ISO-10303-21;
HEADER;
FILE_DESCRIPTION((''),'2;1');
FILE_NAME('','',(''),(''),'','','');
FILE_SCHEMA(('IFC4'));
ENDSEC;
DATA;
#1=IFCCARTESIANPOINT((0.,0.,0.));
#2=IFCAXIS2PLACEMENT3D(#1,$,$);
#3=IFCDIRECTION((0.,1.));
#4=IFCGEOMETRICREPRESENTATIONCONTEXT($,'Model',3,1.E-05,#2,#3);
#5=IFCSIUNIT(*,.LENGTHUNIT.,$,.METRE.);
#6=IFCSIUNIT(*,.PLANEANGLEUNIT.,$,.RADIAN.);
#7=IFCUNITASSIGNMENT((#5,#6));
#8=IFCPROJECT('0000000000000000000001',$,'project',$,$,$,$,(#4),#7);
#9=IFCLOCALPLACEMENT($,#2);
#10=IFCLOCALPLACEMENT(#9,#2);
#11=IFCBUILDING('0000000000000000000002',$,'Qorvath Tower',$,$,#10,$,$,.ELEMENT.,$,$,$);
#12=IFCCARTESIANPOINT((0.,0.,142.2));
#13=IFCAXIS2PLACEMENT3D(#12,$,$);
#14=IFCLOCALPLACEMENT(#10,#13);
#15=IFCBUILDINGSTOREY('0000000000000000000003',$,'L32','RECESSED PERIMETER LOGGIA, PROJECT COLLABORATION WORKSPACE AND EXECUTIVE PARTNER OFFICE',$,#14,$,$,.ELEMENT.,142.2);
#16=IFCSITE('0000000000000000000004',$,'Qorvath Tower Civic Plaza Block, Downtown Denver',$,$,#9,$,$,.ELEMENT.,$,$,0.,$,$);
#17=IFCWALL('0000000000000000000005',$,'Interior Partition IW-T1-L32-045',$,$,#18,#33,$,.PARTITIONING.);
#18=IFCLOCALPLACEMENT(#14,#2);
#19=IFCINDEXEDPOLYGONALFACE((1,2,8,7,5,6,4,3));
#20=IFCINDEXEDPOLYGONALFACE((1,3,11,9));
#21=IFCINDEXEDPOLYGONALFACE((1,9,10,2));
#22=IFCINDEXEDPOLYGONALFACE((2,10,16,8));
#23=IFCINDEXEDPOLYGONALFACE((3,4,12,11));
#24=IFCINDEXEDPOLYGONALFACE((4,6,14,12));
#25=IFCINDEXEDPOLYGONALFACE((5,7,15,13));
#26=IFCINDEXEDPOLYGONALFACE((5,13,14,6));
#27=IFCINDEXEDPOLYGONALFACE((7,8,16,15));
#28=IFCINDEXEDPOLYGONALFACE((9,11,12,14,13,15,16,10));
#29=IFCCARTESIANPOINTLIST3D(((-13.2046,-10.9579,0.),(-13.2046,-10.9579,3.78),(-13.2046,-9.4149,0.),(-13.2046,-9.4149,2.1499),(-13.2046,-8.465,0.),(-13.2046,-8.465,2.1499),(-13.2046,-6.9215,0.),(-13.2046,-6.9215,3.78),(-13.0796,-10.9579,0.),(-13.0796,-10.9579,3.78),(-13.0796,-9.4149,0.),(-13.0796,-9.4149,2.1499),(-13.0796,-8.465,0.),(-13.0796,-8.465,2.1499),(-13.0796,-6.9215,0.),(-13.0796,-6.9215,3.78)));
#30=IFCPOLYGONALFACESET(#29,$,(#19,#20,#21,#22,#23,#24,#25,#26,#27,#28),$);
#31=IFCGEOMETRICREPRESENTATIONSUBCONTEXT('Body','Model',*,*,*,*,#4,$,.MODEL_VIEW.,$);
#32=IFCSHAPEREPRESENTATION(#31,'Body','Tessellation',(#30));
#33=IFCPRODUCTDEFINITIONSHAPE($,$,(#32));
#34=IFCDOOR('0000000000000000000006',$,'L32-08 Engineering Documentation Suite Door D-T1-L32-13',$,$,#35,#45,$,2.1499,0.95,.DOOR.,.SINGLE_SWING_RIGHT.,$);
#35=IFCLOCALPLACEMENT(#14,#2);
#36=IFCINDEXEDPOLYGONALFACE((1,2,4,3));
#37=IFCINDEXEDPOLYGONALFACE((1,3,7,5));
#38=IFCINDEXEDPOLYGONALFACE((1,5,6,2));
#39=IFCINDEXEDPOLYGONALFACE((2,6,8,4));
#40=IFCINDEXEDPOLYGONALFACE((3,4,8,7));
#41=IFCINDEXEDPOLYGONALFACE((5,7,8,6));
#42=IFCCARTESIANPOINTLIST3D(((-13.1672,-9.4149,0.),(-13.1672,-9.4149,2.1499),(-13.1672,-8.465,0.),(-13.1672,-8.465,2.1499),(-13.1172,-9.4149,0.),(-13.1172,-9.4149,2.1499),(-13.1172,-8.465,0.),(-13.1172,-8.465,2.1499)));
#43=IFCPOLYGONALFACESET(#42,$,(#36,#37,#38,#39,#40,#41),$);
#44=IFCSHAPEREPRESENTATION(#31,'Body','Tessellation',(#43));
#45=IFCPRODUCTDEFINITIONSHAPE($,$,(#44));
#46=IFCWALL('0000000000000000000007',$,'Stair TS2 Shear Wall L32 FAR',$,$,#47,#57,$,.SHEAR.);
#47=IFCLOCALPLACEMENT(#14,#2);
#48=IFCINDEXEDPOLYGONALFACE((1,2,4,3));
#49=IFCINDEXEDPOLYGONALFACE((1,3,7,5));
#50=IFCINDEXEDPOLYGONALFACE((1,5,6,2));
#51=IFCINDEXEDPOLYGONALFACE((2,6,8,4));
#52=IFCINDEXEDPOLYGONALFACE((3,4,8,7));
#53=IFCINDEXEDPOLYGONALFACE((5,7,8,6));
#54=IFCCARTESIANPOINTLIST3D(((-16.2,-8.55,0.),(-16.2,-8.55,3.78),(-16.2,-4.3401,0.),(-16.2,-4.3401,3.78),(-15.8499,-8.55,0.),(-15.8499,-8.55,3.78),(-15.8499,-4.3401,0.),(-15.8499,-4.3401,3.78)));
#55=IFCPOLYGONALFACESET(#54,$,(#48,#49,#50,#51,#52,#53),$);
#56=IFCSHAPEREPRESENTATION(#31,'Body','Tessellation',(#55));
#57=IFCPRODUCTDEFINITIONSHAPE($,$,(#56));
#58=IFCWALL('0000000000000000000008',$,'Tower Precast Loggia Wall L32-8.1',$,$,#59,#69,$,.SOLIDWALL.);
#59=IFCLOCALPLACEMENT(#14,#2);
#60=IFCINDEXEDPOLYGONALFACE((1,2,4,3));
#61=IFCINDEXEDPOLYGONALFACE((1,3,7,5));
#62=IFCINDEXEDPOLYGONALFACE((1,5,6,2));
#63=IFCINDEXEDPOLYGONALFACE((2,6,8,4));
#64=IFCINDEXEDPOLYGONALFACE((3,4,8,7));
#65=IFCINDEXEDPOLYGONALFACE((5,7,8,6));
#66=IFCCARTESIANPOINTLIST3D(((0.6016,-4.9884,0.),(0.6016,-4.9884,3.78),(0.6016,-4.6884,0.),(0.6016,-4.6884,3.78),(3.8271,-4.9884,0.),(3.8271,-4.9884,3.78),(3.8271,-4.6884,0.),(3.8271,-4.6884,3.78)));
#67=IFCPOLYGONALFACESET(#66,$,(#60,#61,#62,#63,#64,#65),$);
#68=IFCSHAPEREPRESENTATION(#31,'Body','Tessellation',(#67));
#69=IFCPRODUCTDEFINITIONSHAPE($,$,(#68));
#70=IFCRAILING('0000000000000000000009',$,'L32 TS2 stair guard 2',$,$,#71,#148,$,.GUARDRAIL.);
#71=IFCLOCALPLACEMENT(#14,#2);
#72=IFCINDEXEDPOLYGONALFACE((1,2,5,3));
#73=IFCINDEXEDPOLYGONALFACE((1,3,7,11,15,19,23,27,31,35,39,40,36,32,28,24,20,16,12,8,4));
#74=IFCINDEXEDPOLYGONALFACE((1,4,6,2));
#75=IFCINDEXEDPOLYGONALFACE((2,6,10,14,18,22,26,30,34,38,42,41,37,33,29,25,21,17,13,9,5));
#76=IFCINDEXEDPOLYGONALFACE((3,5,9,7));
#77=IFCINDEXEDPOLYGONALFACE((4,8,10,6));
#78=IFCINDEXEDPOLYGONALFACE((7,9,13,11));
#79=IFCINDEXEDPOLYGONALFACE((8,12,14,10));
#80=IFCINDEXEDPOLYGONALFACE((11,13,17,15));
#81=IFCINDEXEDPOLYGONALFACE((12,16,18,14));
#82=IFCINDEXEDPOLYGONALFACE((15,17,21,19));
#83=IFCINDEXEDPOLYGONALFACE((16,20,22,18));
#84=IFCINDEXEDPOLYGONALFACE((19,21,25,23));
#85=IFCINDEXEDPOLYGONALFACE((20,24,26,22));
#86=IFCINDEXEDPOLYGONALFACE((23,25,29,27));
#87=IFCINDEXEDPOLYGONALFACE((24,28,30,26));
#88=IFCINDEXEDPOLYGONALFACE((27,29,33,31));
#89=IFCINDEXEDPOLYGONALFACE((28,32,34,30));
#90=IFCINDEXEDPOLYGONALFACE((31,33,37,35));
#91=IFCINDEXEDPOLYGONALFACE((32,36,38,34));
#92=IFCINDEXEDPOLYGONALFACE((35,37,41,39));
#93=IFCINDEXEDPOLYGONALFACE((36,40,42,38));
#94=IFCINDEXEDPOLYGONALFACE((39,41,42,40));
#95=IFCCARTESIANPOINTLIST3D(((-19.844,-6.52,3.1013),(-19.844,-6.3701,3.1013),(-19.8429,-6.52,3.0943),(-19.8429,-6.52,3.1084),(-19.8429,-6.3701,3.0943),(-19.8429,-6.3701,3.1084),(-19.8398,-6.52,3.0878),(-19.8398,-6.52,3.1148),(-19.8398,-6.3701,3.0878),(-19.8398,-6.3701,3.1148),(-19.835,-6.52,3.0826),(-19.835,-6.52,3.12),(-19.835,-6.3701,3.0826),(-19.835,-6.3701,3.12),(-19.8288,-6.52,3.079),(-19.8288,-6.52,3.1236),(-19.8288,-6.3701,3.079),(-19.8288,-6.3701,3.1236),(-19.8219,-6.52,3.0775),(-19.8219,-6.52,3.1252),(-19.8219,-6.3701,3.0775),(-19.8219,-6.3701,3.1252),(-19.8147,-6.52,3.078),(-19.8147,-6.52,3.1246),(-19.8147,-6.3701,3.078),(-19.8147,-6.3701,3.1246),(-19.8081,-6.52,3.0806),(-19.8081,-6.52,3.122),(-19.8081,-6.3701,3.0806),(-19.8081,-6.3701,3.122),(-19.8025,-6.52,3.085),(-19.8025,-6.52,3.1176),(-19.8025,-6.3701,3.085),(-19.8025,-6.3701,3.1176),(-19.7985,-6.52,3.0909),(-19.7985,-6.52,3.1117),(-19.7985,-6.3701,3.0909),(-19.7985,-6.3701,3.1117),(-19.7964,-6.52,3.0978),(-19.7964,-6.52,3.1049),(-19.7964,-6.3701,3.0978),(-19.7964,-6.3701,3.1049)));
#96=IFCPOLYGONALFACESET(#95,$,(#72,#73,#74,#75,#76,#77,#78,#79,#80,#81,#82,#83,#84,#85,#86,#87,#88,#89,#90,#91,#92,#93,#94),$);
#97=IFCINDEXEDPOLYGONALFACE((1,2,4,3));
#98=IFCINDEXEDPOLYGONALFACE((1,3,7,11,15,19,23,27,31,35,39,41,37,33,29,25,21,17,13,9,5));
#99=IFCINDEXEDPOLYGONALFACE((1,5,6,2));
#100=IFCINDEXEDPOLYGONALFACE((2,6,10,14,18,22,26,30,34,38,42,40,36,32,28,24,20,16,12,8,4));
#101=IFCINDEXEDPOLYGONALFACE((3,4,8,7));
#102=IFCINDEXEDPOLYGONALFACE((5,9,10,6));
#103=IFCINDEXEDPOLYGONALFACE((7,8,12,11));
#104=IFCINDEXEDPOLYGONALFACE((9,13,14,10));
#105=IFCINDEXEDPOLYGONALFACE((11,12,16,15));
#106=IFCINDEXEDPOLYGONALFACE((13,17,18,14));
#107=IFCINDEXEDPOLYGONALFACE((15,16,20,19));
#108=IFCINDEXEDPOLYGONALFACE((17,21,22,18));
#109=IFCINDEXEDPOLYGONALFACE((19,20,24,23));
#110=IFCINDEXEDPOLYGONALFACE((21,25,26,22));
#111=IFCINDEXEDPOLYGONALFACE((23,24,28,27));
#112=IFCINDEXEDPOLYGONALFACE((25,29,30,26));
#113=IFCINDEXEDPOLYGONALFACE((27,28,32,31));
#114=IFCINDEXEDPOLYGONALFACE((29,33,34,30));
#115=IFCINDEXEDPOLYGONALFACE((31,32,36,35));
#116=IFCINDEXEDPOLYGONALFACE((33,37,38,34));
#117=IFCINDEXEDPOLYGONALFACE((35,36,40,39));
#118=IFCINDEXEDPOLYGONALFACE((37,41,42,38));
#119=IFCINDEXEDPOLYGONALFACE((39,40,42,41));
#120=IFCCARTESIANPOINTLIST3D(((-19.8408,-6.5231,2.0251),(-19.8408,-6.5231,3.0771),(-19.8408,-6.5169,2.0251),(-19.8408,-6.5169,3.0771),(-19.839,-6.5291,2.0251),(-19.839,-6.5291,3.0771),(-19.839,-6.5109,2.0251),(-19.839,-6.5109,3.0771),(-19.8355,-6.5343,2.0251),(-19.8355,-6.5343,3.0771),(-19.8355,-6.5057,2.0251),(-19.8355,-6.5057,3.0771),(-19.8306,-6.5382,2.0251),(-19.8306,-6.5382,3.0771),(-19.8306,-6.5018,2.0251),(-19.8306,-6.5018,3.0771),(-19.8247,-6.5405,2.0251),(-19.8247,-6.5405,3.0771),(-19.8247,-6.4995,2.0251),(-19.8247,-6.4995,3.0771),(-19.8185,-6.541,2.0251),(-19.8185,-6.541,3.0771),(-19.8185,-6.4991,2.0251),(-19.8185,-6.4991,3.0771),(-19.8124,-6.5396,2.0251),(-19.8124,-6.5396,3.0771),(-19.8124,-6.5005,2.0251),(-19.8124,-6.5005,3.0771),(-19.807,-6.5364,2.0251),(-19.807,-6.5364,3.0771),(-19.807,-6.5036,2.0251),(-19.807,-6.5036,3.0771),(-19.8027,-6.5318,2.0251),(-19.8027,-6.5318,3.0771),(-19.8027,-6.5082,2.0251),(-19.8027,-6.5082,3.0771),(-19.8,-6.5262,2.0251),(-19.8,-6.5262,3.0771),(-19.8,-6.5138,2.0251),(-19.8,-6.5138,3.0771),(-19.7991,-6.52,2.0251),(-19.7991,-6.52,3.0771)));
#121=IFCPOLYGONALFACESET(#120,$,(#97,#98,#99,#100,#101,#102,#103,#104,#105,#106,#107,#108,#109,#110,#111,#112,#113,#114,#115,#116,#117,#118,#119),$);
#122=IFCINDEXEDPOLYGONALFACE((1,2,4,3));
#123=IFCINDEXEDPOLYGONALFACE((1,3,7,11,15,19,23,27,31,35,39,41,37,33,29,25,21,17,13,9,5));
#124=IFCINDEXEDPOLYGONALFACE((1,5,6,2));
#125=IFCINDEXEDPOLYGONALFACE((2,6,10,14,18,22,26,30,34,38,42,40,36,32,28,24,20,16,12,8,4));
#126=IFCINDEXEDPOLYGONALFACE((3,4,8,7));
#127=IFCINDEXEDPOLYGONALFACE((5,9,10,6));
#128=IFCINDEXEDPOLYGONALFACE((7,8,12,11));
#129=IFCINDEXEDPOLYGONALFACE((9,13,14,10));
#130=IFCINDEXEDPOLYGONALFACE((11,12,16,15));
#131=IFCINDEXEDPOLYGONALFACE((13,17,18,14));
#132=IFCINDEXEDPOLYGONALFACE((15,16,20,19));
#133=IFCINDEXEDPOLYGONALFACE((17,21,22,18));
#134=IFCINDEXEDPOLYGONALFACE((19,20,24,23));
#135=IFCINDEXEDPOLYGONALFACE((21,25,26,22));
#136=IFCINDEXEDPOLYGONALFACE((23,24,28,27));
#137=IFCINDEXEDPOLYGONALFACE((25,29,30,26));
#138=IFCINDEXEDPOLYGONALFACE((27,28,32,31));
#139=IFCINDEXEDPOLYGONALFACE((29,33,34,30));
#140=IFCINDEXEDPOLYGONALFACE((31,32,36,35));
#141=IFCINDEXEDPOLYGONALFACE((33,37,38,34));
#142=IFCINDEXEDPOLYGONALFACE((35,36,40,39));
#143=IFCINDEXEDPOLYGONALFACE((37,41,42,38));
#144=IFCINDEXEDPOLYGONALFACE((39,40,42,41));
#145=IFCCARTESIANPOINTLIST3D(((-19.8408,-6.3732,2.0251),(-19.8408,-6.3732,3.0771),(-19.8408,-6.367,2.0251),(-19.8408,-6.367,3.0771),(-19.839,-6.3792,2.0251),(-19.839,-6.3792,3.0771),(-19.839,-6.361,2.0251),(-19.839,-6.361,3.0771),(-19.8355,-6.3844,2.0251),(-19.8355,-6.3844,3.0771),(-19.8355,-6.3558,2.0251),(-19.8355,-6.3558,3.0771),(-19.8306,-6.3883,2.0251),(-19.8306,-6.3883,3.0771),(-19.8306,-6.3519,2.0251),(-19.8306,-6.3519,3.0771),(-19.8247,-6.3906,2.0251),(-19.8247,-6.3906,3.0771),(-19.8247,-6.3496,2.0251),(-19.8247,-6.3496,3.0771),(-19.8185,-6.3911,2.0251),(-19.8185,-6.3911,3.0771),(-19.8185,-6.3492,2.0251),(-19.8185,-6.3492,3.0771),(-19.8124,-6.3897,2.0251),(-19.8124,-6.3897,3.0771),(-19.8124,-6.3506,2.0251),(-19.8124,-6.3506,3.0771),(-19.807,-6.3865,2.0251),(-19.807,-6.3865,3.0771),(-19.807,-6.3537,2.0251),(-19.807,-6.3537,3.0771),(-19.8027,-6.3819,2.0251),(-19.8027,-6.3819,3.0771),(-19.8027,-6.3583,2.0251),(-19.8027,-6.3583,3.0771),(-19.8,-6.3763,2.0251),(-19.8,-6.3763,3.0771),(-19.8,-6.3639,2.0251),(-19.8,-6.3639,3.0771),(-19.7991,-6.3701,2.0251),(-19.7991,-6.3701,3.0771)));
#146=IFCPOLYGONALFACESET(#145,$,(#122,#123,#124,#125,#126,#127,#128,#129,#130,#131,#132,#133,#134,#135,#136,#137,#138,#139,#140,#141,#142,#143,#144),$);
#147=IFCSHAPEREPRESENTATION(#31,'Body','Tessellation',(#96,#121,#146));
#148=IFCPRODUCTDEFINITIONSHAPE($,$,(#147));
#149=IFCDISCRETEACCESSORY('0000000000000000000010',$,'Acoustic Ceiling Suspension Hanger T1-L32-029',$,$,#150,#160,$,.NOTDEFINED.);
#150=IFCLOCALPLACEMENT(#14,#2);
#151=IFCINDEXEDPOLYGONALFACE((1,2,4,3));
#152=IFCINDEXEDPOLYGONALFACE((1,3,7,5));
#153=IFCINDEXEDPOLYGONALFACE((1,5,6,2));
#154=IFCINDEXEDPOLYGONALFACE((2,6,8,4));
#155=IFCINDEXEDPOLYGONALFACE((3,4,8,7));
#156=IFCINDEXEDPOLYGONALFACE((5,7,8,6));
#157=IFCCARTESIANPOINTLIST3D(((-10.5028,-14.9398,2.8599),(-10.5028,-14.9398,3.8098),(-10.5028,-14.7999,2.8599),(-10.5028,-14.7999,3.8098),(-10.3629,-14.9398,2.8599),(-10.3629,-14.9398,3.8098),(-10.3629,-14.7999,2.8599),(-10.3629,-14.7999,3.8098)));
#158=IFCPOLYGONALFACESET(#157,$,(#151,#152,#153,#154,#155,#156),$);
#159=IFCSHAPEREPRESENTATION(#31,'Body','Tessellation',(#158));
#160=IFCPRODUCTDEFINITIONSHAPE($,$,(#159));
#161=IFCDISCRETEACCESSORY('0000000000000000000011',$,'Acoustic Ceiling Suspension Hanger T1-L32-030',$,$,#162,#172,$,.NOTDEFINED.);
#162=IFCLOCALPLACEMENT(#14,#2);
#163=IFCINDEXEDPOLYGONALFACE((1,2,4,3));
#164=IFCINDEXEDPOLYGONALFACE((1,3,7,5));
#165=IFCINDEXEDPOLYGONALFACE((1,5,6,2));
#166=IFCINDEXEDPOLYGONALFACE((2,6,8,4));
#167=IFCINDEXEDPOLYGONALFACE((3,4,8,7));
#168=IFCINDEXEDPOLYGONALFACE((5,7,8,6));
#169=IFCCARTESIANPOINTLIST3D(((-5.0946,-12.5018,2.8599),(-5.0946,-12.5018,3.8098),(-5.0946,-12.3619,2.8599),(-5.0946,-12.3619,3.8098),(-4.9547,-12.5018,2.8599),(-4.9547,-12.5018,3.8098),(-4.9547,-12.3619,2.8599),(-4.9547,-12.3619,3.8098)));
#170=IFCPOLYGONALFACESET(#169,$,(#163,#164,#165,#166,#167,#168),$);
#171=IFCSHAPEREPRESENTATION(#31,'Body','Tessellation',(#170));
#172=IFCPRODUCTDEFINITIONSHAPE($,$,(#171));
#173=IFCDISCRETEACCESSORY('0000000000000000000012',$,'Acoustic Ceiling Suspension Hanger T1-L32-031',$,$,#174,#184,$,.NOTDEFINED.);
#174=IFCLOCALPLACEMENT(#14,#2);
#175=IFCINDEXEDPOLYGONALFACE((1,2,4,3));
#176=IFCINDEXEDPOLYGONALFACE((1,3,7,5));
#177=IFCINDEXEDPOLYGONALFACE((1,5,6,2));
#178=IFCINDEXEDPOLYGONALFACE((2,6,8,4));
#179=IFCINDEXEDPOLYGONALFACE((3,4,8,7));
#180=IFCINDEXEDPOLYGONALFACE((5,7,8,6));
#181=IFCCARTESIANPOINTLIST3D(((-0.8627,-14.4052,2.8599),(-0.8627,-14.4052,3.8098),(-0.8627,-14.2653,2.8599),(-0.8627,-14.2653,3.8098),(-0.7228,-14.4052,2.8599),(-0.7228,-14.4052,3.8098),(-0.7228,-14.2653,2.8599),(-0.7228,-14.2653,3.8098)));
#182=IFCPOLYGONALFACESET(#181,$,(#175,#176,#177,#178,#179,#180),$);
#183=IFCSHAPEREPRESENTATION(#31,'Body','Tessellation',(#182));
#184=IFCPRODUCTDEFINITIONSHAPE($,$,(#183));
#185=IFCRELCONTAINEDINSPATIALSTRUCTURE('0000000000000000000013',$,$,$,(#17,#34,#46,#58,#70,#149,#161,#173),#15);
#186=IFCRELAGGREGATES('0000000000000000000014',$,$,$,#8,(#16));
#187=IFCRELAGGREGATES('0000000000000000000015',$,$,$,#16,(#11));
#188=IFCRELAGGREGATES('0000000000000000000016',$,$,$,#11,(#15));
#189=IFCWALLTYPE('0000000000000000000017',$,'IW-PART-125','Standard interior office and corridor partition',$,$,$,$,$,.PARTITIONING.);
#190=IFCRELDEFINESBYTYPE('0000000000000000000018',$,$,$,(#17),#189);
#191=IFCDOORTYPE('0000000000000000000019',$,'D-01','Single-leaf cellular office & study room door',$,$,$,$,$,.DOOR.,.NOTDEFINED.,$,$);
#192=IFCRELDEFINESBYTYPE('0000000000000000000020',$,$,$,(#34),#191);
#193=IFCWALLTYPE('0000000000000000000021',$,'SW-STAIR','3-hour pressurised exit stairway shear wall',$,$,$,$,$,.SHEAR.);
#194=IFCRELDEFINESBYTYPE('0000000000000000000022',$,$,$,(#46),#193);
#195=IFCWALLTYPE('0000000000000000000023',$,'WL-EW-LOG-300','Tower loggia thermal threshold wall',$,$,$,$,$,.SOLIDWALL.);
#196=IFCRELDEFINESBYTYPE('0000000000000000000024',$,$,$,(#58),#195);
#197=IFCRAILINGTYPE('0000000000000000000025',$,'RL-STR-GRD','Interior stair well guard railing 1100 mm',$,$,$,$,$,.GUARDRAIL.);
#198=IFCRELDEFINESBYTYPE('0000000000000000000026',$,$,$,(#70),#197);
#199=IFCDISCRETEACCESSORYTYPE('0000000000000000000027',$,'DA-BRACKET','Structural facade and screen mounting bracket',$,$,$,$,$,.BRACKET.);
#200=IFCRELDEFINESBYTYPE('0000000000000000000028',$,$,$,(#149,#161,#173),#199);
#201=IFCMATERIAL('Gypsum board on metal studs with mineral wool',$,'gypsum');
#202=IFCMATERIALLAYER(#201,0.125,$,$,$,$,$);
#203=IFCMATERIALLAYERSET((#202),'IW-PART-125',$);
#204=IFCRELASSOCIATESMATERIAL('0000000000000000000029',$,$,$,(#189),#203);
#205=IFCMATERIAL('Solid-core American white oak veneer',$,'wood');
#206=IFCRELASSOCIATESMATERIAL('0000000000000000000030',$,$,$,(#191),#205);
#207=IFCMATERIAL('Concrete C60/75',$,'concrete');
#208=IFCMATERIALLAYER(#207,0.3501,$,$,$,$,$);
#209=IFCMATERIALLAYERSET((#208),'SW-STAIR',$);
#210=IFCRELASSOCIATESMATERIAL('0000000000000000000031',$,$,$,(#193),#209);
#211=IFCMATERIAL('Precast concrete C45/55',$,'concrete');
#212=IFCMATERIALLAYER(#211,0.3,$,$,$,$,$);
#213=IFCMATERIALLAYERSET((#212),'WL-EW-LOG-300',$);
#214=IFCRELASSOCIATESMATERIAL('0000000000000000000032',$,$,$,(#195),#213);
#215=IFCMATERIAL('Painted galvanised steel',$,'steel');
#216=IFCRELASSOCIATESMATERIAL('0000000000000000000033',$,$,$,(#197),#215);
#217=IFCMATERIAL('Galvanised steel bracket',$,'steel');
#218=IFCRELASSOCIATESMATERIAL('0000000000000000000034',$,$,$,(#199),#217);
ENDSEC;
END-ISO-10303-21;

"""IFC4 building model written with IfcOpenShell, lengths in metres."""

from ifc_helpers import new_model, si_unit, direction, frame, frame_2d, origin, origin_2d, place, context, subcontext, project, spatial, rectangle, circle, extrude, material, layer, layer_set, type_object, element, fill, save


model = new_model("IFC4")

# Units and contexts
model_context = context("Model", 3, precision=1e-05, world=origin(), true_north=direction((0.0, 1.0)))
body_context = subcontext(model_context, "Body", "Model", "MODEL_VIEW")
ifc_project = project(units=[si_unit("LENGTHUNIT", "METRE"), si_unit("PLANEANGLEUNIT", "RADIAN")], contexts=[model_context])

# Site, building, storey
site_placement = place(None, origin())
site = spatial("IfcSite", under=ifc_project, at=site_placement, Name="Qorvath Tower Civic Plaza Block, Downtown Denver", CompositionType="ELEMENT", RefElevation=0.0)
building_placement = place(site_placement, origin())
building = spatial("IfcBuilding", under=site, at=building_placement, Name="Qorvath Tower", CompositionType="ELEMENT")
storey_placement = place(building_placement, frame((0.0, 0.0, 142.2)))
storey = spatial("IfcBuildingStorey", under=building, at=storey_placement, Name="L32", Description="RECESSED PERIMETER LOGGIA, PROJECT COLLABORATION WORKSPACE AND EXECUTIVE PARTNER OFFICE", CompositionType="ELEMENT", Elevation=142.2)

# Shared definitions
ifc_material_1 = material(Name="Gypsum board on metal studs with mineral wool", Category="gypsum")
ifc_layer_1 = layer(ifc_material_1, 0.125)
ifc_layer_set_1 = layer_set([ifc_layer_1], Name="IW-PART-125")
wall_type_1 = type_object("IfcWallType", Name="IW-PART-125", Description="Standard interior office and corridor partition", PredefinedType="PARTITIONING", material=ifc_layer_set_1)

# Shared definitions
ifc_material_2 = material(Name="Solid-core American white oak veneer", Category="wood")
door_type = type_object("IfcDoorType", Name="D-01", Description="Single-leaf cellular office & study room door", OperationType="NOTDEFINED", PredefinedType="DOOR", material=ifc_material_2)

# Wall, opening, door
wall_1_placement = place(storey_placement, frame((-13.1421, -6.9216, 0.0), z_axis=(0.0, 0.0, 1.0), x_axis=(0.0, -1.0, 0.0)))
wall_1 = element("IfcWall", 1, at=wall_1_placement, inside=storey, type_object=wall_type_1, Name="Interior Partition IW-T1-L32-045", PredefinedType="PARTITIONING", context=body_context, shape_type="SweptSolid", body=[
    extrude(rectangle(XDim=4.0364, YDim=0.125, at=frame_2d((2.0181, 0.0))), origin(), (0.0, 0.0, 1.0), 3.78),
])
opening_1_placement = place(wall_1_placement, frame((1.5432, 0.0, 0.0)))
opening_1 = element("IfcOpeningElement", 2, at=opening_1_placement, cuts=wall_1, PredefinedType="OPENING", context=body_context, shape_type="SweptSolid", body=[
    extrude(rectangle(XDim=0.95, YDim=2.1499, at=frame_2d((0.4751, 1.075))), frame((0.0, 0.0725, 0.0), z_axis=(0.0, -1.0, 0.0), x_axis=(1.0, 0.0, 0.0)), (0.0, 0.0, 1.0), 0.145),
])
door_1_placement = place(opening_1_placement, origin())
door_1 = element("IfcDoor", 3, at=door_1_placement, inside=storey, type_object=door_type, Name="L32-08 Engineering Documentation Suite Door D-T1-L32-13", OperationType="SINGLE_SWING_RIGHT", OverallHeight=2.1499, OverallWidth=0.95, PredefinedType="DOOR", context=body_context, shape_type="SweptSolid", body=[
    extrude(rectangle(XDim=0.95, YDim=2.1499, at=frame_2d((0.4751, 1.075))), frame((0.0, 0.0249, 0.0), z_axis=(0.0, -1.0, 0.0), x_axis=(1.0, 0.0, 0.0)), (0.0, 0.0, 1.0), 0.05),
])
fill(opening_1, door_1)

# Walls
ifc_material_3 = material(Name="Concrete C60/75", Category="concrete")
ifc_layer_2 = layer(ifc_material_3, 0.3501)
ifc_layer_set_2 = layer_set([ifc_layer_2], Name="SW-STAIR")
wall_type_2 = type_object("IfcWallType", Name="SW-STAIR", Description="3-hour pressurised exit stairway shear wall", PredefinedType="SHEAR", material=ifc_layer_set_2)
wall_2_placement = place(storey_placement, frame((-16.0249, -8.55, 0.0), z_axis=(0.0, 0.0, 1.0), x_axis=(0.0, 1.0, 0.0)))
element("IfcWall", 4, at=wall_2_placement, inside=storey, type_object=wall_type_2, Name="Stair TS2 Shear Wall L32 FAR", PredefinedType="SHEAR", context=body_context, shape_type="SweptSolid", body=[
    extrude(rectangle(XDim=4.21, YDim=0.3501, at=frame_2d((2.105, 0.0))), origin(), (0.0, 0.0, 1.0), 3.78),
])
ifc_material_4 = material(Name="Precast concrete C45/55", Category="concrete")
ifc_layer_3 = layer(ifc_material_4, 0.3)
ifc_layer_set_3 = layer_set([ifc_layer_3], Name="WL-EW-LOG-300")
wall_type_3 = type_object("IfcWallType", Name="WL-EW-LOG-300", Description="Tower loggia thermal threshold wall", PredefinedType="SOLIDWALL", material=ifc_layer_set_3)
wall_3_placement = place(storey_placement, frame((3.8271, -4.8384, 0.0), z_axis=(0.0, 0.0, 1.0), x_axis=(-1.0, 0.0, 0.0)))
element("IfcWall", 5, at=wall_3_placement, inside=storey, type_object=wall_type_3, Name="Tower Precast Loggia Wall L32-8.1", PredefinedType="SOLIDWALL", context=body_context, shape_type="SweptSolid", body=[
    extrude(rectangle(XDim=3.2256, YDim=0.3, at=frame_2d((1.6128, 0.0))), origin(), (0.0, 0.0, 1.0), 3.78),
])

# Railing
ifc_material_5 = material(Name="Painted galvanised steel", Category="steel")
railing_type_1 = type_object("IfcRailingType", Name="RL-STR-GRD", Description="Interior stair well guard railing 1100 mm", PredefinedType="GUARDRAIL", material=ifc_material_5)
railing_1_placement = place(storey_placement, frame((-19.8201, -6.52, 2.0251)))
element("IfcRailing", 6, at=railing_1_placement, inside=storey, type_object=railing_type_1, Name="L32 TS2 stair guard 2", PredefinedType="GUARDRAIL", context=body_context, shape_type="SweptSolid", body=[
    extrude(circle(Radius=0.0239, at=origin_2d()), frame((0.0, 0.0, 1.0762), z_axis=(0.0, 1.0, 0.0), x_axis=(-1.0, 0.0, 0.0)), (0.0, 0.0, 1.0), 0.1499),
    extrude(circle(Radius=0.021, at=origin_2d()), origin(), (0.0, 0.0, 1.0), 1.052),
    extrude(circle(Radius=0.021, at=origin_2d()), frame((0.0, 0.1499, 0.0)), (0.0, 0.0, 1.0), 1.052),
])

# Discrete accessories
ifc_material_6 = material(Name="Galvanised steel bracket", Category="steel")
discrete_accessory_type = type_object("IfcDiscreteAccessoryType", Name="DA-BRACKET", Description="Structural facade and screen mounting bracket", PredefinedType="BRACKET", material=ifc_material_6)
for number, where, z_axis, x_axis, name in (
    (7, (-10.4329, -14.8699, 2.8599), (0.0, 0.0, 1.0), (1.0, 0.0, 0.0), "Acoustic Ceiling Suspension Hanger T1-L32-029"),
    (8, (-5.0247, -12.4319, 2.8599), (0.0, 0.0, 1.0), (1.0, 0.0, 0.0), "Acoustic Ceiling Suspension Hanger T1-L32-030"),
    (9, (-0.7927, -14.3352, 2.8599), (0.0, 0.0, 1.0), (1.0, 0.0, 0.0), "Acoustic Ceiling Suspension Hanger T1-L32-031"),
):
    element("IfcDiscreteAccessory", number, at=place(storey_placement, frame(where, z_axis=z_axis, x_axis=x_axis)), inside=storey, type_object=discrete_accessory_type, Name=name, PredefinedType="NOTDEFINED", context=body_context, shape_type="SweptSolid", body=[
        extrude(rectangle(XDim=0.1399, YDim=0.1399, at=origin_2d()), origin(), (0.0, 0.0, 1.0), 0.95),
    ])

save(model, "model.ifc")
